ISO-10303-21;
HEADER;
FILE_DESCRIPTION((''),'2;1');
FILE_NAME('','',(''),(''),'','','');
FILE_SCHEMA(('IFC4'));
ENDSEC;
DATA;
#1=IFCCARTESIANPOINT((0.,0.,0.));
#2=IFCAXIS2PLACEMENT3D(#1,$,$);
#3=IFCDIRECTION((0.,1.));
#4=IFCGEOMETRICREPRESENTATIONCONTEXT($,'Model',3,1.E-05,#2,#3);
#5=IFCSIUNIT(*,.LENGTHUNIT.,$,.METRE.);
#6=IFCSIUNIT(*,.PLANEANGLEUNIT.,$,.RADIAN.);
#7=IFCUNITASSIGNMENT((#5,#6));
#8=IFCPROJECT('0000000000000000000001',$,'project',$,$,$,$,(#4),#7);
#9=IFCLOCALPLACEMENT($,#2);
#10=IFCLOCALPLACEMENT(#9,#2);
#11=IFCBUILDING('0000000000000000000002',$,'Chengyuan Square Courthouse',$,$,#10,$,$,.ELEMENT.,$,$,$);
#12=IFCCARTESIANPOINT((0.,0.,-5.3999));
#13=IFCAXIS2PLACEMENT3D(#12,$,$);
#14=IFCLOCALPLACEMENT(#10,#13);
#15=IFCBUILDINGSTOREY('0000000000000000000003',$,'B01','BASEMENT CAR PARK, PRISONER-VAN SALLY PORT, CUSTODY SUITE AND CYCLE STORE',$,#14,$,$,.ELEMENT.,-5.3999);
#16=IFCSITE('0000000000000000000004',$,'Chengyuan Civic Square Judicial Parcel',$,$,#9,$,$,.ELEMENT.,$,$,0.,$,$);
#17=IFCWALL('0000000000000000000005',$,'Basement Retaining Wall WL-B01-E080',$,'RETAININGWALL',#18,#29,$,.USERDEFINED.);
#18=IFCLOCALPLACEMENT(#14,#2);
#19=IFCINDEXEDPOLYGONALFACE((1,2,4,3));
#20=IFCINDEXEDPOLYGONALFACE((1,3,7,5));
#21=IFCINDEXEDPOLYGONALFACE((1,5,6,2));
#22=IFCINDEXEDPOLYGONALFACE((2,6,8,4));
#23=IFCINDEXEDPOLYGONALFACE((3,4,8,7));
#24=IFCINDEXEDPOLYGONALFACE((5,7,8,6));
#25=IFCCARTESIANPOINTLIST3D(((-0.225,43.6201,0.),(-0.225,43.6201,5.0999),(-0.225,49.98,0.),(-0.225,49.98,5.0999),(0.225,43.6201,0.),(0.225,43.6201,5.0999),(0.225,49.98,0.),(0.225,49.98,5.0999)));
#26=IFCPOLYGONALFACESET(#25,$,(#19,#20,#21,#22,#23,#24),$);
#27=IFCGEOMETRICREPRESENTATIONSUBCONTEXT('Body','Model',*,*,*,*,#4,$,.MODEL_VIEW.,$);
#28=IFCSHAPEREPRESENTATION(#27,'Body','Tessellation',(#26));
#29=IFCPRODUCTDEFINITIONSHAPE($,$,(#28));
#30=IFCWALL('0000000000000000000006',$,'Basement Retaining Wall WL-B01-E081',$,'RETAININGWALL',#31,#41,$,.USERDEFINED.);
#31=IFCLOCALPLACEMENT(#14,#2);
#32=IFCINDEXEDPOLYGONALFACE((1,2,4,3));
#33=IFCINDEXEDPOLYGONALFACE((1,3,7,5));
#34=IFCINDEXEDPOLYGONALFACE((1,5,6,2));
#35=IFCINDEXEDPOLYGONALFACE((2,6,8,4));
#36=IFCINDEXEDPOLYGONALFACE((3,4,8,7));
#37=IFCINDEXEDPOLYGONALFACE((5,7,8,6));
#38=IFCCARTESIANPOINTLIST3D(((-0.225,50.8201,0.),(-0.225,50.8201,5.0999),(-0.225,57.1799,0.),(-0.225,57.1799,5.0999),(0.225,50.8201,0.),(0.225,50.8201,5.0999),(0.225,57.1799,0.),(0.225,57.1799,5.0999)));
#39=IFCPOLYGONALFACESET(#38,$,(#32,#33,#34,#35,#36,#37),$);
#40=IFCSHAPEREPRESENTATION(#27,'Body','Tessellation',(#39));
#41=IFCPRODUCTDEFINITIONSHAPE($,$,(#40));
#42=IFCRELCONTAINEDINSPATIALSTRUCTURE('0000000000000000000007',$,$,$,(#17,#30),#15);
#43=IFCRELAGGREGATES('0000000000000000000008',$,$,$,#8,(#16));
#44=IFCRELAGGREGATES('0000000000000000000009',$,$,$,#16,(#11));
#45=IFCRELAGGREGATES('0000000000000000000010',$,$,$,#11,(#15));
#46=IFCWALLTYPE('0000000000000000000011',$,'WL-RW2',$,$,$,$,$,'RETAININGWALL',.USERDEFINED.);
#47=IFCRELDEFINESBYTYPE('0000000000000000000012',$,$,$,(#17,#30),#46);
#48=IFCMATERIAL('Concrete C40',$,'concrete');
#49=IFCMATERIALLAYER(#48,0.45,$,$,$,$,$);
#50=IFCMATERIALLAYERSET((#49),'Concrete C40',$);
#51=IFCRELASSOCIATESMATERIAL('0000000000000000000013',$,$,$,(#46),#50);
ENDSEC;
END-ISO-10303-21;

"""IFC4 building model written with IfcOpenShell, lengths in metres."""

from ifc_helpers import new_model, si_unit, direction, frame, frame_2d, origin, place, context, subcontext, project, spatial, rectangle, extrude, material, layer, layer_set, type_object, element, save


model = new_model("IFC4")

# Units and contexts
model_context = context("Model", 3, precision=1e-05, world=origin(), true_north=direction((0.0, 1.0)))
body_context = subcontext(model_context, "Body", "Model", "MODEL_VIEW")
ifc_project = project(units=[si_unit("LENGTHUNIT", "METRE"), si_unit("PLANEANGLEUNIT", "RADIAN")], contexts=[model_context])

# Site, building, storey
site_placement = place(None, origin())
site = spatial("IfcSite", under=ifc_project, at=site_placement, Name="Chengyuan Civic Square Judicial Parcel", CompositionType="ELEMENT", RefElevation=0.0)
building_placement = place(site_placement, origin())
building = spatial("IfcBuilding", under=site, at=building_placement, Name="Chengyuan Square Courthouse", CompositionType="ELEMENT")
storey_placement = place(building_placement, frame((0.0, 0.0, -5.3999)))
storey = spatial("IfcBuildingStorey", under=building, at=storey_placement, Name="B01", Description="BASEMENT CAR PARK, PRISONER-VAN SALLY PORT, CUSTODY SUITE AND CYCLE STORE", CompositionType="ELEMENT", Elevation=-5.3999)

# Shared definitions
ifc_material_1 = material(Name="Concrete C40", Category="concrete")

# Walls
ifc_layer = layer(ifc_material_1, 0.45)
ifc_layer_set = layer_set([ifc_layer], Name="Concrete C40")
wall_type = type_object("IfcWallType", Name="WL-RW2", ElementType="RETAININGWALL", PredefinedType="USERDEFINED", material=ifc_layer_set)
for number, where, z_axis, x_axis, name in (
    (1, (0.0, 43.6201, 0.0), (0.0, 0.0, 1.0), (0.0, 1.0, 0.0), "Basement Retaining Wall WL-B01-E080"),
    (2, (0.0, 50.8201, 0.0), (0.0, 0.0, 1.0), (0.0, 1.0, 0.0), "Basement Retaining Wall WL-B01-E081"),
):
    element("IfcWall", number, at=place(storey_placement, frame(where, z_axis=z_axis, x_axis=x_axis)), inside=storey, type_object=wall_type, Name=name, ObjectType="RETAININGWALL", PredefinedType="USERDEFINED", context=body_context, shape_type="SweptSolid", body=[
        extrude(rectangle(XDim=6.3599, YDim=0.45, at=frame_2d((3.1799, 0.0))), origin(), (0.0, 0.0, 1.0), 5.0999),
    ])

save(model, "model.ifc")
